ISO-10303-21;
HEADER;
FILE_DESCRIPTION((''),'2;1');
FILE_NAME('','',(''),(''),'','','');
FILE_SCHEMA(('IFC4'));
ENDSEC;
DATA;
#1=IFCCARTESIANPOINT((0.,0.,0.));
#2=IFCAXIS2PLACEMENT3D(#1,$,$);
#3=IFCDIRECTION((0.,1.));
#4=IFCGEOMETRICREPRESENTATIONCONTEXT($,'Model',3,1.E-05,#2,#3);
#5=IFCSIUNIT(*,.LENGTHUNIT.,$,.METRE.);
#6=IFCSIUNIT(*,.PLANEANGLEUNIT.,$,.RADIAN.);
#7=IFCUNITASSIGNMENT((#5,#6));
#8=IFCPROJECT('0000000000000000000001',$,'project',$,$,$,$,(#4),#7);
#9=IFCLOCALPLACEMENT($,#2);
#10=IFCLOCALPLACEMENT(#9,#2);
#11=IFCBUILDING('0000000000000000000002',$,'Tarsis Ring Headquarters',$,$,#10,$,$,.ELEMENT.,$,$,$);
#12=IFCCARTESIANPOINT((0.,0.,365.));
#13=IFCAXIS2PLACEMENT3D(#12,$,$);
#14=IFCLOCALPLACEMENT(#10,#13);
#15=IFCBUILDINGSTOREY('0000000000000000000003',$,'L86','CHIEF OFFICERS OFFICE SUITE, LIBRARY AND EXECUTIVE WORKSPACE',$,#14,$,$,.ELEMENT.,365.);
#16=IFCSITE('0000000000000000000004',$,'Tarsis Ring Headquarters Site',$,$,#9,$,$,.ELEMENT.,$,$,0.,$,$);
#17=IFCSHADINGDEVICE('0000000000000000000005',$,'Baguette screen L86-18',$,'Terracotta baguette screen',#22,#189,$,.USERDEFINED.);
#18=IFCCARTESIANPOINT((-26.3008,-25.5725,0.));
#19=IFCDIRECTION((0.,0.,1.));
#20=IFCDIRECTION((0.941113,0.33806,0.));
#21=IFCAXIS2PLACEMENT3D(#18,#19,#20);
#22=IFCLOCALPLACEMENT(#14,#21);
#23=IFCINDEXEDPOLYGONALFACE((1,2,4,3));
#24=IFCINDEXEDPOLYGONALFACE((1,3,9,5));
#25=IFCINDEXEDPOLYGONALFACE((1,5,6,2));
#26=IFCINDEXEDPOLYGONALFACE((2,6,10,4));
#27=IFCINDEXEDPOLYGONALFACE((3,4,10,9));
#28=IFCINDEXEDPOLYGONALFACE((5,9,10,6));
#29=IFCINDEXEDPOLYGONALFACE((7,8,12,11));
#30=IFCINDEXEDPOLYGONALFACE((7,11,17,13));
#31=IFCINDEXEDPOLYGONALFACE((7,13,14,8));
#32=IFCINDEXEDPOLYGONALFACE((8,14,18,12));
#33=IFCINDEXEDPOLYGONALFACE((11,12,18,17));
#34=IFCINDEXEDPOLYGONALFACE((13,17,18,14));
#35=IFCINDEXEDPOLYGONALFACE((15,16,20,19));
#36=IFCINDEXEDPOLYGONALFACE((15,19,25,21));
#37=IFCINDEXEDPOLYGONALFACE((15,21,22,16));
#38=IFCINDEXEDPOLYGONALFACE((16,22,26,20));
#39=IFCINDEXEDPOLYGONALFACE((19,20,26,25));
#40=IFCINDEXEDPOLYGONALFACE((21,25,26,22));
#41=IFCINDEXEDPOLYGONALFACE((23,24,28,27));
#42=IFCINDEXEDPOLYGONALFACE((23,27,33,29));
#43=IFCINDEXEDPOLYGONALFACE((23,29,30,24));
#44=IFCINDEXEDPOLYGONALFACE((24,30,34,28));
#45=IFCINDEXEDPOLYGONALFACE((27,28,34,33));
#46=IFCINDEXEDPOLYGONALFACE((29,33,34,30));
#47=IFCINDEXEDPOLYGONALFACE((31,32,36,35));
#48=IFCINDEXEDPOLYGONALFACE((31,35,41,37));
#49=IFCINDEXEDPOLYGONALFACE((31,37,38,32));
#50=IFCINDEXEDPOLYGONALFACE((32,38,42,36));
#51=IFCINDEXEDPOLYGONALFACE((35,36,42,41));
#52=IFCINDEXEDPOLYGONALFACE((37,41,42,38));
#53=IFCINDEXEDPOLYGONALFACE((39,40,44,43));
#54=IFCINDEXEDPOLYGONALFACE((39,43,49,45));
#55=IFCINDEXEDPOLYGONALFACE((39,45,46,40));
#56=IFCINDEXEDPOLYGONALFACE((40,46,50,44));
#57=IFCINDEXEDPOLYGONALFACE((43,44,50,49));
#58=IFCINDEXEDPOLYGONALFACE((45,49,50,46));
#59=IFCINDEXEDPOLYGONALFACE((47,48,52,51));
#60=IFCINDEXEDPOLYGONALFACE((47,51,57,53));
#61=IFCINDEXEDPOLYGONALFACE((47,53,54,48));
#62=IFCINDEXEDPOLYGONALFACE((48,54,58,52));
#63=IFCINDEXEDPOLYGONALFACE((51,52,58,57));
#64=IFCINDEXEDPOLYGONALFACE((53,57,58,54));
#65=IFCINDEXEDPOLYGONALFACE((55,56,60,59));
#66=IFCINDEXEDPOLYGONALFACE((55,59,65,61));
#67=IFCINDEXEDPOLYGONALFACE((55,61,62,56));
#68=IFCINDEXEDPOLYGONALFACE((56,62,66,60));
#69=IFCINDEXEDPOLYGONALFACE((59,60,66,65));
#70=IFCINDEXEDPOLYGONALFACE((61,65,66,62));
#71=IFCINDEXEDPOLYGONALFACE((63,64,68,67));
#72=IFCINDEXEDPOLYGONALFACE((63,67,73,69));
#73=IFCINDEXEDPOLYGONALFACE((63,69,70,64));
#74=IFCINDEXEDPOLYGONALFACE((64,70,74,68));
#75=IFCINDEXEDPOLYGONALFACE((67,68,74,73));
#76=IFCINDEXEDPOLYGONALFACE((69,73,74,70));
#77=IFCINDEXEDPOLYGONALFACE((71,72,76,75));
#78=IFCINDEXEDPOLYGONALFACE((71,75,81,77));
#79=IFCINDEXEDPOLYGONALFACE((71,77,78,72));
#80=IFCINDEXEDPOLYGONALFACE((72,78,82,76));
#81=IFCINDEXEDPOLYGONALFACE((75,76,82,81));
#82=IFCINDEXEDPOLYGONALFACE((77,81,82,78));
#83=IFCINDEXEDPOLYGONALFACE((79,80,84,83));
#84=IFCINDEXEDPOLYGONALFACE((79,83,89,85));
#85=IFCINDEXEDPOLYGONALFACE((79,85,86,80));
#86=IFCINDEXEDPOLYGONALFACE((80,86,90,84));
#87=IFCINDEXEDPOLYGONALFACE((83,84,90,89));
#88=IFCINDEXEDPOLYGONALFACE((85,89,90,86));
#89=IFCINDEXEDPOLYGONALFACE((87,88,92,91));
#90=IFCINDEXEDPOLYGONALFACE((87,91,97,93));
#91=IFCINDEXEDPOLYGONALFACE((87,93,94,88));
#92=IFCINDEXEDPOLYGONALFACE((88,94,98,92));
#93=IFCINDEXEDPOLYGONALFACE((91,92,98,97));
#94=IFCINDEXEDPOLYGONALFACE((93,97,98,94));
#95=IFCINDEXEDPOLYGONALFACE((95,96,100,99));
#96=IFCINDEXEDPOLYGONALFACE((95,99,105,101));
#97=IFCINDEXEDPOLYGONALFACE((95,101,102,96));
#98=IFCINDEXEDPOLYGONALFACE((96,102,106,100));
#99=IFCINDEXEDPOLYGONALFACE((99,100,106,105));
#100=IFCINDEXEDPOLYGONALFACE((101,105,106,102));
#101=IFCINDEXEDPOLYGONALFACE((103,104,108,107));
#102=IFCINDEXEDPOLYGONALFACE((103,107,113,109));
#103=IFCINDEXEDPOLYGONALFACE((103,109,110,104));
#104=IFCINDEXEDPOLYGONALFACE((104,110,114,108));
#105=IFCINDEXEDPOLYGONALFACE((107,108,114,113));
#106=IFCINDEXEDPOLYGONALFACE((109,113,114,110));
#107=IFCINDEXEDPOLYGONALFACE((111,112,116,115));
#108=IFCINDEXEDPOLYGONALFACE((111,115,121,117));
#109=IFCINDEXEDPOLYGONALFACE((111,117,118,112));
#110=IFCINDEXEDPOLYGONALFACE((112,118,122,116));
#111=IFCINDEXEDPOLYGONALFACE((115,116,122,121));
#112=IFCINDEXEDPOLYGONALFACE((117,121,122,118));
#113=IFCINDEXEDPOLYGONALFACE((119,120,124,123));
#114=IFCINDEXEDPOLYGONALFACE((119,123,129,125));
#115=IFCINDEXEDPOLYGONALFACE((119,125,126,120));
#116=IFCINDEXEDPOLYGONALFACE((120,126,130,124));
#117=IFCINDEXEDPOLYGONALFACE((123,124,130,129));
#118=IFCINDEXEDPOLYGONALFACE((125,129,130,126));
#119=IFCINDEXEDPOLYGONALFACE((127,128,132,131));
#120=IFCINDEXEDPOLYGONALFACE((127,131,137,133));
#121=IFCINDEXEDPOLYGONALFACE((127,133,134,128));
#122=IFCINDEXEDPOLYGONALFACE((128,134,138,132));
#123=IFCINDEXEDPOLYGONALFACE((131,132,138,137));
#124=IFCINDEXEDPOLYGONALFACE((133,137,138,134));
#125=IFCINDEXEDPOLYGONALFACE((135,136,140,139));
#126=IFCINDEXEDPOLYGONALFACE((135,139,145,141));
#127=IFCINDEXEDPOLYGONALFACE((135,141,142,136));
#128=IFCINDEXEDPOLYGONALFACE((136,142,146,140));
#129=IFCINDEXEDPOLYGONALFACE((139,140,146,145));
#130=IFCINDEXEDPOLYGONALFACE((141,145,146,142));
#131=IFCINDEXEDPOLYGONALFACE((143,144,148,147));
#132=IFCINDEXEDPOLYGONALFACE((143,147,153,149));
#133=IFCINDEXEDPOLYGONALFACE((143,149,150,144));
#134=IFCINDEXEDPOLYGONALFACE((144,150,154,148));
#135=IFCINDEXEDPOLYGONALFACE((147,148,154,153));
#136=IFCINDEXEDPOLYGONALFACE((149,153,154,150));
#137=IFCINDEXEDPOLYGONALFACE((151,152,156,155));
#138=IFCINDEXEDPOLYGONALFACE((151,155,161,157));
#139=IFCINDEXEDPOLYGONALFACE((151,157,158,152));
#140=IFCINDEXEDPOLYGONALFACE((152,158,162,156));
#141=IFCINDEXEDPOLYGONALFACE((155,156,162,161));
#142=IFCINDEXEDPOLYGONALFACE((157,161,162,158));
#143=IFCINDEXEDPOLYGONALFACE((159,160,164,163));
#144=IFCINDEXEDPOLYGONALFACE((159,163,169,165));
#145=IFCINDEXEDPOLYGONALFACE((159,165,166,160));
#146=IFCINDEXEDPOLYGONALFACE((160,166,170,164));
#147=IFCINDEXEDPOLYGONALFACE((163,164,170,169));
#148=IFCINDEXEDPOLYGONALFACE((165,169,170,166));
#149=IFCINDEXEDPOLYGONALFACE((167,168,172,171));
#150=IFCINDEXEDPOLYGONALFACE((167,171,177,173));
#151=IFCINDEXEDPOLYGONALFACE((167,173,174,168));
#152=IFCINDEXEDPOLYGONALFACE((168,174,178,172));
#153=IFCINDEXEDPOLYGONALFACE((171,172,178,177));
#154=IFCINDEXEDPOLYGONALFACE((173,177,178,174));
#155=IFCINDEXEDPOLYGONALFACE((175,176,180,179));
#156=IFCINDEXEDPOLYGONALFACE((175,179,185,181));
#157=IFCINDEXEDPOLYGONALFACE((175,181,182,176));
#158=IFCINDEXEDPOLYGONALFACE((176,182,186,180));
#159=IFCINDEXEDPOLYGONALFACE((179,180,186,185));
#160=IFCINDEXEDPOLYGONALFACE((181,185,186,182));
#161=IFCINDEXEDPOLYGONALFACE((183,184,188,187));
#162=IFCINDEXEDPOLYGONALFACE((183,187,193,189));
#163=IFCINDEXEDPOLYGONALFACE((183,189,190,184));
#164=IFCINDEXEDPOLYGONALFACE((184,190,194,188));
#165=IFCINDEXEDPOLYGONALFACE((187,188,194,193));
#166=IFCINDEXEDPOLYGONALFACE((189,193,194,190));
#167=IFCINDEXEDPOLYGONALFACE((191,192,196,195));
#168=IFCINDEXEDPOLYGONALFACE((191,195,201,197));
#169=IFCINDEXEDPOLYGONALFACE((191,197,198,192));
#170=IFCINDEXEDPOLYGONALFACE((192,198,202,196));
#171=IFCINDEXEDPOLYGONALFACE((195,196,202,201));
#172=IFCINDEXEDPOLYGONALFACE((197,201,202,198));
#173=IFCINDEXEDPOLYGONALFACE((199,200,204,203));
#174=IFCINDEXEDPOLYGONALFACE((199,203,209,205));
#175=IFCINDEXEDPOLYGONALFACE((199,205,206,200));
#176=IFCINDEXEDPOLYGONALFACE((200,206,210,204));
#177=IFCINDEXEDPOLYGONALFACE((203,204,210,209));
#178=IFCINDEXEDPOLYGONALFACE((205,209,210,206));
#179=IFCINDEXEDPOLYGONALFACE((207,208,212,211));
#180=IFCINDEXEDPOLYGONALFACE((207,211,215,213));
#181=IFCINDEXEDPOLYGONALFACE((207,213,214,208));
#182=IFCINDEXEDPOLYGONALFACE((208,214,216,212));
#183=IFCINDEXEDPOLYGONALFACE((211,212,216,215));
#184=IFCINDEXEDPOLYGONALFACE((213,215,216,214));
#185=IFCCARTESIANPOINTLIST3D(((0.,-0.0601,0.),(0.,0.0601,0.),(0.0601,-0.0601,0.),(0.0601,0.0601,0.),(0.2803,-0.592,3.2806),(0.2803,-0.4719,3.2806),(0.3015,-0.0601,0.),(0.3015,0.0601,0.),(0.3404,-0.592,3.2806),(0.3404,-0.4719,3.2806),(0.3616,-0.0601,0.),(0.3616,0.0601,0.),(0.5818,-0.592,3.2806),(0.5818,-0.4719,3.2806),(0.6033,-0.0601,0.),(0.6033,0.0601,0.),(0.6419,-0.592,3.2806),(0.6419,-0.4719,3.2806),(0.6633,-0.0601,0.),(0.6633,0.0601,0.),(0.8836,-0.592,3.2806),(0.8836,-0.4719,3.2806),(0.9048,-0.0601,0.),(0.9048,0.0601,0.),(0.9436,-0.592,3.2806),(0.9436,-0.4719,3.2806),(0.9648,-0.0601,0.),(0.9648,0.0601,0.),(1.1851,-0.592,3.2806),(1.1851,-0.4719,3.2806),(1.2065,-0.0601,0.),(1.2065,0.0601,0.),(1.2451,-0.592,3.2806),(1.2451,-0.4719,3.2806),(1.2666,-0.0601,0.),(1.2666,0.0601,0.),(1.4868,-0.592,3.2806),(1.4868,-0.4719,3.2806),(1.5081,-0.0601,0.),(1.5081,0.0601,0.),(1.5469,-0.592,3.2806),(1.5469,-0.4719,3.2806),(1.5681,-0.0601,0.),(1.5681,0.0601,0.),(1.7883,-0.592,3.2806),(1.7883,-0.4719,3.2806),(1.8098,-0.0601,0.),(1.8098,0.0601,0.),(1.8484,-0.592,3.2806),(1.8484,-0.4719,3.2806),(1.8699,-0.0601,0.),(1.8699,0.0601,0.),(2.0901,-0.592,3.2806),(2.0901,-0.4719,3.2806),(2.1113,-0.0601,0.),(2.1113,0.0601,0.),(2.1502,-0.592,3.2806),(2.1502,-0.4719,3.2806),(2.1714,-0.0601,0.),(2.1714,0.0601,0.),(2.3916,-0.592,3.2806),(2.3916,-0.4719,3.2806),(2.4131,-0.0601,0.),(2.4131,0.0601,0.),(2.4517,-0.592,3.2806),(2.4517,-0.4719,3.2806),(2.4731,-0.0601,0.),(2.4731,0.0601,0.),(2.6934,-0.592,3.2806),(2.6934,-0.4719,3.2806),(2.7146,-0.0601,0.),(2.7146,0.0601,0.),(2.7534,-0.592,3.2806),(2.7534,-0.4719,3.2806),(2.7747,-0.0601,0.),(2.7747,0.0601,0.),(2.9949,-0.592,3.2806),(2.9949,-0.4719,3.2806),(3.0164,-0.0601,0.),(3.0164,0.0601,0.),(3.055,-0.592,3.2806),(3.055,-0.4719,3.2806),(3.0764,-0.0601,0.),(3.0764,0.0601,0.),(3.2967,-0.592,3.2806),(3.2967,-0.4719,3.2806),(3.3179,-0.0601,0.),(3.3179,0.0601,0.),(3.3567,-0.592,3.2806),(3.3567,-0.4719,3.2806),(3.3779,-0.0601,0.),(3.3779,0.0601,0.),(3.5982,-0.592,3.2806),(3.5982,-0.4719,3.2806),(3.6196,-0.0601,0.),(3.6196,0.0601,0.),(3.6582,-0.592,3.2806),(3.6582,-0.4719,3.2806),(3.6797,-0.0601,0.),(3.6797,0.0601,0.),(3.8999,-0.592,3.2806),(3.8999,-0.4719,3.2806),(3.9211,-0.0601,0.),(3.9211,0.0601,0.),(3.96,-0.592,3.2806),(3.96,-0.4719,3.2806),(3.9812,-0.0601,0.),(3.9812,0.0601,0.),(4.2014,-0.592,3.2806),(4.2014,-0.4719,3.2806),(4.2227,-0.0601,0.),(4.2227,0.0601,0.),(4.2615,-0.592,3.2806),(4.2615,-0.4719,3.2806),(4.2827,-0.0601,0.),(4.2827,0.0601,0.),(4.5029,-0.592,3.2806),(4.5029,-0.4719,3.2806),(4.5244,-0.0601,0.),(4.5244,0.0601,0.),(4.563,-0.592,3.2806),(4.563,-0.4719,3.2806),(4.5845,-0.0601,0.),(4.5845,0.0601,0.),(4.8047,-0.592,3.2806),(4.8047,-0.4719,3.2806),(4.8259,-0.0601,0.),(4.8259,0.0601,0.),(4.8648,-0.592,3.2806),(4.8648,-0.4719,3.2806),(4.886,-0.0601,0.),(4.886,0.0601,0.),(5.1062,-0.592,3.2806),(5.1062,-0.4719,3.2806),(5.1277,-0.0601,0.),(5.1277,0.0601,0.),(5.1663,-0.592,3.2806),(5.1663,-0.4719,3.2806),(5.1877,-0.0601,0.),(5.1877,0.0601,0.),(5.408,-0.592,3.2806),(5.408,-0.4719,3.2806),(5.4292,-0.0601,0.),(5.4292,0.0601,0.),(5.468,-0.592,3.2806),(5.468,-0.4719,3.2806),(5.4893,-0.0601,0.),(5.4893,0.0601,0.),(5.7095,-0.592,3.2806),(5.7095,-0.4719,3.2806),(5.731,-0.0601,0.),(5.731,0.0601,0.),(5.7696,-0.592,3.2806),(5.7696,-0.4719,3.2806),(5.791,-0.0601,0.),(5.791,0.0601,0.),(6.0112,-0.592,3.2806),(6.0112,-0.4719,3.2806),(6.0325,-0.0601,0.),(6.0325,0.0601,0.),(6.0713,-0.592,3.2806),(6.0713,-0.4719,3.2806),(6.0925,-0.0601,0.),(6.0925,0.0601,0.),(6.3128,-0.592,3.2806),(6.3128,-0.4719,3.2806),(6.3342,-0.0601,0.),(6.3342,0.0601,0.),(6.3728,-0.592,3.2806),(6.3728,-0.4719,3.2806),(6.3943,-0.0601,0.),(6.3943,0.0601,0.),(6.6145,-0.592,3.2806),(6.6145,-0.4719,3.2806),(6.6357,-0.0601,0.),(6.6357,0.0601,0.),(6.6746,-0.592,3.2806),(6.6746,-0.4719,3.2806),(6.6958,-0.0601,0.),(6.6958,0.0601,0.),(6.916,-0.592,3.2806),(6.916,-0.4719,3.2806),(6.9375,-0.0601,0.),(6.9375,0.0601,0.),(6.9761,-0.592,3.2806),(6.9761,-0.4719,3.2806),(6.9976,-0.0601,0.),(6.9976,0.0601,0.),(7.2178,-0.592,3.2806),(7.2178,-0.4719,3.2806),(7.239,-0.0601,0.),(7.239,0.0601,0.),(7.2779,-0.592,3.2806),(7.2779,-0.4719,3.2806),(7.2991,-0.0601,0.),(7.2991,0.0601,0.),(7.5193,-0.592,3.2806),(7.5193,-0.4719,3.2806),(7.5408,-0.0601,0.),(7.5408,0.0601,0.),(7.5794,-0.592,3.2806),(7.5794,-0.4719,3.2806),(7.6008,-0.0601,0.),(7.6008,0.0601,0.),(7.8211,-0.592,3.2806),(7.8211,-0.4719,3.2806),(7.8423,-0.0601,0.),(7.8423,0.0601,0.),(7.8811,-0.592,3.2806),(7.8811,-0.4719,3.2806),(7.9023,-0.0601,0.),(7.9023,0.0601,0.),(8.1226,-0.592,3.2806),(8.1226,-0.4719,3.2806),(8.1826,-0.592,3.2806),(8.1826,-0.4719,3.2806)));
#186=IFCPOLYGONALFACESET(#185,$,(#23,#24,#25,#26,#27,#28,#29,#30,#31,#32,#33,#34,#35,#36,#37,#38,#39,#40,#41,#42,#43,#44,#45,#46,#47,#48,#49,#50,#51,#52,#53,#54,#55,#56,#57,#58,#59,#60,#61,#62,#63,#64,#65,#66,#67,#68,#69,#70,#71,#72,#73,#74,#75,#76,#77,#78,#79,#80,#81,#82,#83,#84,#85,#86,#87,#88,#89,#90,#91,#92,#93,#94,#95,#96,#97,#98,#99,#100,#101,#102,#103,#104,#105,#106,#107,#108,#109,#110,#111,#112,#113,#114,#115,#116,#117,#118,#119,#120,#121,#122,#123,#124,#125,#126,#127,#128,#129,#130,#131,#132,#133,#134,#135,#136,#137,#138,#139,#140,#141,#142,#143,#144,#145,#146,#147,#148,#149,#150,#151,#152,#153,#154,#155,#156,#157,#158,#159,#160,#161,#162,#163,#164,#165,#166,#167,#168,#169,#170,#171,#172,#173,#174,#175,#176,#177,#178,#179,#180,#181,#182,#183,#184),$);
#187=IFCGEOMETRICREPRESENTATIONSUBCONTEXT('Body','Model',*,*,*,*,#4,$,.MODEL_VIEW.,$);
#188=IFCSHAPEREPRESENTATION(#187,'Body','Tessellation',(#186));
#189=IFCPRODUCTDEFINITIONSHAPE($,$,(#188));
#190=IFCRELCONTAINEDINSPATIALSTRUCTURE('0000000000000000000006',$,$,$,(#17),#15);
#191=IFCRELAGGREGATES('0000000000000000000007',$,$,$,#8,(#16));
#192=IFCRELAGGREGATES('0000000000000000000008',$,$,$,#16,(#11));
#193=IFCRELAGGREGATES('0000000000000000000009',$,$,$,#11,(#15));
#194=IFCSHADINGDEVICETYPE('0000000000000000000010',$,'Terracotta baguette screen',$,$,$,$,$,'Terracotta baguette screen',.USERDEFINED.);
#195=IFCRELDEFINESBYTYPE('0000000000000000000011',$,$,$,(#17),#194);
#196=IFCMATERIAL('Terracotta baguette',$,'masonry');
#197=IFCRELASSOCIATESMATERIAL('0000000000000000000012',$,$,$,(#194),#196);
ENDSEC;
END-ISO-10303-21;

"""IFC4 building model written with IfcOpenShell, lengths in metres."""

from ifc_helpers import new_model, si_unit, direction, frame, frame_2d, origin, place, context, subcontext, project, spatial, rectangle, composite_profile, extrude, material, type_object, element, save


model = new_model("IFC4")

# Units and contexts
model_context = context("Model", 3, precision=1e-05, world=origin(), true_north=direction((0.0, 1.0)))
body_context = subcontext(model_context, "Body", "Model", "MODEL_VIEW")
ifc_project = project(units=[si_unit("LENGTHUNIT", "METRE"), si_unit("PLANEANGLEUNIT", "RADIAN")], contexts=[model_context])

# Site, building, storey
site_placement = place(None, origin())
site = spatial("IfcSite", under=ifc_project, at=site_placement, Name="Tarsis Ring Headquarters Site", CompositionType="ELEMENT", RefElevation=0.0)
building_placement = place(site_placement, origin())
building = spatial("IfcBuilding", under=site, at=building_placement, Name="Tarsis Ring Headquarters", CompositionType="ELEMENT")
storey_placement = place(building_placement, frame((0.0, 0.0, 365.0)))
storey = spatial("IfcBuildingStorey", under=building, at=storey_placement, Name="L86", Description="CHIEF OFFICERS OFFICE SUITE, LIBRARY AND EXECUTIVE WORKSPACE", CompositionType="ELEMENT", Elevation=365.0)

# Shading device
ifc_material_1 = material(Name="Terracotta baguette", Category="masonry")
shading_device_type_1 = type_object("IfcShadingDeviceType", Name="Terracotta baguette screen", ElementType="Terracotta baguette screen", PredefinedType="USERDEFINED", material=ifc_material_1)
shading_device_1_placement = place(storey_placement, frame((-26.3008, -25.5725, 0.0), z_axis=(0.0, 0.0, 1.0), x_axis=(0.941113, 0.33806, 0.0)))
element("IfcShadingDevice", 1, at=shading_device_1_placement, inside=storey, type_object=shading_device_type_1, Name="Baguette screen L86-18", ObjectType="Terracotta baguette screen", PredefinedType="USERDEFINED", context=body_context, shape_type="SweptSolid", body=[
    extrude(composite_profile([rectangle(XDim=0.0601, YDim=0.1201, at=frame_2d((0.03, 0.0))), rectangle(XDim=0.0601, YDim=0.1201, at=frame_2d((0.3315, 0.0))), rectangle(XDim=0.0601, YDim=0.1201, at=frame_2d((0.6333, 0.0))), rectangle(XDim=0.0601, YDim=0.1201, at=frame_2d((0.9348, 0.0))), rectangle(XDim=0.0601, YDim=0.1201, at=frame_2d((1.2366, 0.0))), rectangle(XDim=0.0601, YDim=0.1201, at=frame_2d((1.5381, 0.0))), rectangle(XDim=0.0601, YDim=0.1201, at=frame_2d((1.8398, 0.0))), rectangle(XDim=0.0601, YDim=0.1201, at=frame_2d((2.1414, 0.0))), rectangle(XDim=0.0601, YDim=0.1201, at=frame_2d((2.4431, 0.0))), rectangle(XDim=0.0601, YDim=0.1201, at=frame_2d((2.7446, 0.0))), rectangle(XDim=0.0601, YDim=0.1201, at=frame_2d((3.0464, 0.0))), rectangle(XDim=0.0601, YDim=0.1201, at=frame_2d((3.3479, 0.0))), rectangle(XDim=0.0601, YDim=0.1201, at=frame_2d((3.6497, 0.0))), rectangle(XDim=0.0601, YDim=0.1201, at=frame_2d((3.9512, 0.0))), rectangle(XDim=0.0601, YDim=0.1201, at=frame_2d((4.2527, 0.0))), rectangle(XDim=0.0601, YDim=0.1201, at=frame_2d((4.5544, 0.0))), rectangle(XDim=0.0601, YDim=0.1201, at=frame_2d((4.856, 0.0))), rectangle(XDim=0.0601, YDim=0.1201, at=frame_2d((5.1577, 0.0))), rectangle(XDim=0.0601, YDim=0.1201, at=frame_2d((5.4592, 0.0))), rectangle(XDim=0.0601, YDim=0.1201, at=frame_2d((5.761, 0.0))), rectangle(XDim=0.0601, YDim=0.1201, at=frame_2d((6.0625, 0.0))), rectangle(XDim=0.0601, YDim=0.1201, at=frame_2d((6.3643, 0.0))), rectangle(XDim=0.0601, YDim=0.1201, at=frame_2d((6.6658, 0.0))), rectangle(XDim=0.0601, YDim=0.1201, at=frame_2d((6.9675, 0.0))), rectangle(XDim=0.0601, YDim=0.1201, at=frame_2d((7.269, 0.0))), rectangle(XDim=0.0601, YDim=0.1201, at=frame_2d((7.5708, 0.0))), rectangle(XDim=0.0601, YDim=0.1201, at=frame_2d((7.8723, 0.0)))]), origin(), (0.084041, -0.1595, 0.983614), 3.3352),
])

save(model, "model.ifc")
